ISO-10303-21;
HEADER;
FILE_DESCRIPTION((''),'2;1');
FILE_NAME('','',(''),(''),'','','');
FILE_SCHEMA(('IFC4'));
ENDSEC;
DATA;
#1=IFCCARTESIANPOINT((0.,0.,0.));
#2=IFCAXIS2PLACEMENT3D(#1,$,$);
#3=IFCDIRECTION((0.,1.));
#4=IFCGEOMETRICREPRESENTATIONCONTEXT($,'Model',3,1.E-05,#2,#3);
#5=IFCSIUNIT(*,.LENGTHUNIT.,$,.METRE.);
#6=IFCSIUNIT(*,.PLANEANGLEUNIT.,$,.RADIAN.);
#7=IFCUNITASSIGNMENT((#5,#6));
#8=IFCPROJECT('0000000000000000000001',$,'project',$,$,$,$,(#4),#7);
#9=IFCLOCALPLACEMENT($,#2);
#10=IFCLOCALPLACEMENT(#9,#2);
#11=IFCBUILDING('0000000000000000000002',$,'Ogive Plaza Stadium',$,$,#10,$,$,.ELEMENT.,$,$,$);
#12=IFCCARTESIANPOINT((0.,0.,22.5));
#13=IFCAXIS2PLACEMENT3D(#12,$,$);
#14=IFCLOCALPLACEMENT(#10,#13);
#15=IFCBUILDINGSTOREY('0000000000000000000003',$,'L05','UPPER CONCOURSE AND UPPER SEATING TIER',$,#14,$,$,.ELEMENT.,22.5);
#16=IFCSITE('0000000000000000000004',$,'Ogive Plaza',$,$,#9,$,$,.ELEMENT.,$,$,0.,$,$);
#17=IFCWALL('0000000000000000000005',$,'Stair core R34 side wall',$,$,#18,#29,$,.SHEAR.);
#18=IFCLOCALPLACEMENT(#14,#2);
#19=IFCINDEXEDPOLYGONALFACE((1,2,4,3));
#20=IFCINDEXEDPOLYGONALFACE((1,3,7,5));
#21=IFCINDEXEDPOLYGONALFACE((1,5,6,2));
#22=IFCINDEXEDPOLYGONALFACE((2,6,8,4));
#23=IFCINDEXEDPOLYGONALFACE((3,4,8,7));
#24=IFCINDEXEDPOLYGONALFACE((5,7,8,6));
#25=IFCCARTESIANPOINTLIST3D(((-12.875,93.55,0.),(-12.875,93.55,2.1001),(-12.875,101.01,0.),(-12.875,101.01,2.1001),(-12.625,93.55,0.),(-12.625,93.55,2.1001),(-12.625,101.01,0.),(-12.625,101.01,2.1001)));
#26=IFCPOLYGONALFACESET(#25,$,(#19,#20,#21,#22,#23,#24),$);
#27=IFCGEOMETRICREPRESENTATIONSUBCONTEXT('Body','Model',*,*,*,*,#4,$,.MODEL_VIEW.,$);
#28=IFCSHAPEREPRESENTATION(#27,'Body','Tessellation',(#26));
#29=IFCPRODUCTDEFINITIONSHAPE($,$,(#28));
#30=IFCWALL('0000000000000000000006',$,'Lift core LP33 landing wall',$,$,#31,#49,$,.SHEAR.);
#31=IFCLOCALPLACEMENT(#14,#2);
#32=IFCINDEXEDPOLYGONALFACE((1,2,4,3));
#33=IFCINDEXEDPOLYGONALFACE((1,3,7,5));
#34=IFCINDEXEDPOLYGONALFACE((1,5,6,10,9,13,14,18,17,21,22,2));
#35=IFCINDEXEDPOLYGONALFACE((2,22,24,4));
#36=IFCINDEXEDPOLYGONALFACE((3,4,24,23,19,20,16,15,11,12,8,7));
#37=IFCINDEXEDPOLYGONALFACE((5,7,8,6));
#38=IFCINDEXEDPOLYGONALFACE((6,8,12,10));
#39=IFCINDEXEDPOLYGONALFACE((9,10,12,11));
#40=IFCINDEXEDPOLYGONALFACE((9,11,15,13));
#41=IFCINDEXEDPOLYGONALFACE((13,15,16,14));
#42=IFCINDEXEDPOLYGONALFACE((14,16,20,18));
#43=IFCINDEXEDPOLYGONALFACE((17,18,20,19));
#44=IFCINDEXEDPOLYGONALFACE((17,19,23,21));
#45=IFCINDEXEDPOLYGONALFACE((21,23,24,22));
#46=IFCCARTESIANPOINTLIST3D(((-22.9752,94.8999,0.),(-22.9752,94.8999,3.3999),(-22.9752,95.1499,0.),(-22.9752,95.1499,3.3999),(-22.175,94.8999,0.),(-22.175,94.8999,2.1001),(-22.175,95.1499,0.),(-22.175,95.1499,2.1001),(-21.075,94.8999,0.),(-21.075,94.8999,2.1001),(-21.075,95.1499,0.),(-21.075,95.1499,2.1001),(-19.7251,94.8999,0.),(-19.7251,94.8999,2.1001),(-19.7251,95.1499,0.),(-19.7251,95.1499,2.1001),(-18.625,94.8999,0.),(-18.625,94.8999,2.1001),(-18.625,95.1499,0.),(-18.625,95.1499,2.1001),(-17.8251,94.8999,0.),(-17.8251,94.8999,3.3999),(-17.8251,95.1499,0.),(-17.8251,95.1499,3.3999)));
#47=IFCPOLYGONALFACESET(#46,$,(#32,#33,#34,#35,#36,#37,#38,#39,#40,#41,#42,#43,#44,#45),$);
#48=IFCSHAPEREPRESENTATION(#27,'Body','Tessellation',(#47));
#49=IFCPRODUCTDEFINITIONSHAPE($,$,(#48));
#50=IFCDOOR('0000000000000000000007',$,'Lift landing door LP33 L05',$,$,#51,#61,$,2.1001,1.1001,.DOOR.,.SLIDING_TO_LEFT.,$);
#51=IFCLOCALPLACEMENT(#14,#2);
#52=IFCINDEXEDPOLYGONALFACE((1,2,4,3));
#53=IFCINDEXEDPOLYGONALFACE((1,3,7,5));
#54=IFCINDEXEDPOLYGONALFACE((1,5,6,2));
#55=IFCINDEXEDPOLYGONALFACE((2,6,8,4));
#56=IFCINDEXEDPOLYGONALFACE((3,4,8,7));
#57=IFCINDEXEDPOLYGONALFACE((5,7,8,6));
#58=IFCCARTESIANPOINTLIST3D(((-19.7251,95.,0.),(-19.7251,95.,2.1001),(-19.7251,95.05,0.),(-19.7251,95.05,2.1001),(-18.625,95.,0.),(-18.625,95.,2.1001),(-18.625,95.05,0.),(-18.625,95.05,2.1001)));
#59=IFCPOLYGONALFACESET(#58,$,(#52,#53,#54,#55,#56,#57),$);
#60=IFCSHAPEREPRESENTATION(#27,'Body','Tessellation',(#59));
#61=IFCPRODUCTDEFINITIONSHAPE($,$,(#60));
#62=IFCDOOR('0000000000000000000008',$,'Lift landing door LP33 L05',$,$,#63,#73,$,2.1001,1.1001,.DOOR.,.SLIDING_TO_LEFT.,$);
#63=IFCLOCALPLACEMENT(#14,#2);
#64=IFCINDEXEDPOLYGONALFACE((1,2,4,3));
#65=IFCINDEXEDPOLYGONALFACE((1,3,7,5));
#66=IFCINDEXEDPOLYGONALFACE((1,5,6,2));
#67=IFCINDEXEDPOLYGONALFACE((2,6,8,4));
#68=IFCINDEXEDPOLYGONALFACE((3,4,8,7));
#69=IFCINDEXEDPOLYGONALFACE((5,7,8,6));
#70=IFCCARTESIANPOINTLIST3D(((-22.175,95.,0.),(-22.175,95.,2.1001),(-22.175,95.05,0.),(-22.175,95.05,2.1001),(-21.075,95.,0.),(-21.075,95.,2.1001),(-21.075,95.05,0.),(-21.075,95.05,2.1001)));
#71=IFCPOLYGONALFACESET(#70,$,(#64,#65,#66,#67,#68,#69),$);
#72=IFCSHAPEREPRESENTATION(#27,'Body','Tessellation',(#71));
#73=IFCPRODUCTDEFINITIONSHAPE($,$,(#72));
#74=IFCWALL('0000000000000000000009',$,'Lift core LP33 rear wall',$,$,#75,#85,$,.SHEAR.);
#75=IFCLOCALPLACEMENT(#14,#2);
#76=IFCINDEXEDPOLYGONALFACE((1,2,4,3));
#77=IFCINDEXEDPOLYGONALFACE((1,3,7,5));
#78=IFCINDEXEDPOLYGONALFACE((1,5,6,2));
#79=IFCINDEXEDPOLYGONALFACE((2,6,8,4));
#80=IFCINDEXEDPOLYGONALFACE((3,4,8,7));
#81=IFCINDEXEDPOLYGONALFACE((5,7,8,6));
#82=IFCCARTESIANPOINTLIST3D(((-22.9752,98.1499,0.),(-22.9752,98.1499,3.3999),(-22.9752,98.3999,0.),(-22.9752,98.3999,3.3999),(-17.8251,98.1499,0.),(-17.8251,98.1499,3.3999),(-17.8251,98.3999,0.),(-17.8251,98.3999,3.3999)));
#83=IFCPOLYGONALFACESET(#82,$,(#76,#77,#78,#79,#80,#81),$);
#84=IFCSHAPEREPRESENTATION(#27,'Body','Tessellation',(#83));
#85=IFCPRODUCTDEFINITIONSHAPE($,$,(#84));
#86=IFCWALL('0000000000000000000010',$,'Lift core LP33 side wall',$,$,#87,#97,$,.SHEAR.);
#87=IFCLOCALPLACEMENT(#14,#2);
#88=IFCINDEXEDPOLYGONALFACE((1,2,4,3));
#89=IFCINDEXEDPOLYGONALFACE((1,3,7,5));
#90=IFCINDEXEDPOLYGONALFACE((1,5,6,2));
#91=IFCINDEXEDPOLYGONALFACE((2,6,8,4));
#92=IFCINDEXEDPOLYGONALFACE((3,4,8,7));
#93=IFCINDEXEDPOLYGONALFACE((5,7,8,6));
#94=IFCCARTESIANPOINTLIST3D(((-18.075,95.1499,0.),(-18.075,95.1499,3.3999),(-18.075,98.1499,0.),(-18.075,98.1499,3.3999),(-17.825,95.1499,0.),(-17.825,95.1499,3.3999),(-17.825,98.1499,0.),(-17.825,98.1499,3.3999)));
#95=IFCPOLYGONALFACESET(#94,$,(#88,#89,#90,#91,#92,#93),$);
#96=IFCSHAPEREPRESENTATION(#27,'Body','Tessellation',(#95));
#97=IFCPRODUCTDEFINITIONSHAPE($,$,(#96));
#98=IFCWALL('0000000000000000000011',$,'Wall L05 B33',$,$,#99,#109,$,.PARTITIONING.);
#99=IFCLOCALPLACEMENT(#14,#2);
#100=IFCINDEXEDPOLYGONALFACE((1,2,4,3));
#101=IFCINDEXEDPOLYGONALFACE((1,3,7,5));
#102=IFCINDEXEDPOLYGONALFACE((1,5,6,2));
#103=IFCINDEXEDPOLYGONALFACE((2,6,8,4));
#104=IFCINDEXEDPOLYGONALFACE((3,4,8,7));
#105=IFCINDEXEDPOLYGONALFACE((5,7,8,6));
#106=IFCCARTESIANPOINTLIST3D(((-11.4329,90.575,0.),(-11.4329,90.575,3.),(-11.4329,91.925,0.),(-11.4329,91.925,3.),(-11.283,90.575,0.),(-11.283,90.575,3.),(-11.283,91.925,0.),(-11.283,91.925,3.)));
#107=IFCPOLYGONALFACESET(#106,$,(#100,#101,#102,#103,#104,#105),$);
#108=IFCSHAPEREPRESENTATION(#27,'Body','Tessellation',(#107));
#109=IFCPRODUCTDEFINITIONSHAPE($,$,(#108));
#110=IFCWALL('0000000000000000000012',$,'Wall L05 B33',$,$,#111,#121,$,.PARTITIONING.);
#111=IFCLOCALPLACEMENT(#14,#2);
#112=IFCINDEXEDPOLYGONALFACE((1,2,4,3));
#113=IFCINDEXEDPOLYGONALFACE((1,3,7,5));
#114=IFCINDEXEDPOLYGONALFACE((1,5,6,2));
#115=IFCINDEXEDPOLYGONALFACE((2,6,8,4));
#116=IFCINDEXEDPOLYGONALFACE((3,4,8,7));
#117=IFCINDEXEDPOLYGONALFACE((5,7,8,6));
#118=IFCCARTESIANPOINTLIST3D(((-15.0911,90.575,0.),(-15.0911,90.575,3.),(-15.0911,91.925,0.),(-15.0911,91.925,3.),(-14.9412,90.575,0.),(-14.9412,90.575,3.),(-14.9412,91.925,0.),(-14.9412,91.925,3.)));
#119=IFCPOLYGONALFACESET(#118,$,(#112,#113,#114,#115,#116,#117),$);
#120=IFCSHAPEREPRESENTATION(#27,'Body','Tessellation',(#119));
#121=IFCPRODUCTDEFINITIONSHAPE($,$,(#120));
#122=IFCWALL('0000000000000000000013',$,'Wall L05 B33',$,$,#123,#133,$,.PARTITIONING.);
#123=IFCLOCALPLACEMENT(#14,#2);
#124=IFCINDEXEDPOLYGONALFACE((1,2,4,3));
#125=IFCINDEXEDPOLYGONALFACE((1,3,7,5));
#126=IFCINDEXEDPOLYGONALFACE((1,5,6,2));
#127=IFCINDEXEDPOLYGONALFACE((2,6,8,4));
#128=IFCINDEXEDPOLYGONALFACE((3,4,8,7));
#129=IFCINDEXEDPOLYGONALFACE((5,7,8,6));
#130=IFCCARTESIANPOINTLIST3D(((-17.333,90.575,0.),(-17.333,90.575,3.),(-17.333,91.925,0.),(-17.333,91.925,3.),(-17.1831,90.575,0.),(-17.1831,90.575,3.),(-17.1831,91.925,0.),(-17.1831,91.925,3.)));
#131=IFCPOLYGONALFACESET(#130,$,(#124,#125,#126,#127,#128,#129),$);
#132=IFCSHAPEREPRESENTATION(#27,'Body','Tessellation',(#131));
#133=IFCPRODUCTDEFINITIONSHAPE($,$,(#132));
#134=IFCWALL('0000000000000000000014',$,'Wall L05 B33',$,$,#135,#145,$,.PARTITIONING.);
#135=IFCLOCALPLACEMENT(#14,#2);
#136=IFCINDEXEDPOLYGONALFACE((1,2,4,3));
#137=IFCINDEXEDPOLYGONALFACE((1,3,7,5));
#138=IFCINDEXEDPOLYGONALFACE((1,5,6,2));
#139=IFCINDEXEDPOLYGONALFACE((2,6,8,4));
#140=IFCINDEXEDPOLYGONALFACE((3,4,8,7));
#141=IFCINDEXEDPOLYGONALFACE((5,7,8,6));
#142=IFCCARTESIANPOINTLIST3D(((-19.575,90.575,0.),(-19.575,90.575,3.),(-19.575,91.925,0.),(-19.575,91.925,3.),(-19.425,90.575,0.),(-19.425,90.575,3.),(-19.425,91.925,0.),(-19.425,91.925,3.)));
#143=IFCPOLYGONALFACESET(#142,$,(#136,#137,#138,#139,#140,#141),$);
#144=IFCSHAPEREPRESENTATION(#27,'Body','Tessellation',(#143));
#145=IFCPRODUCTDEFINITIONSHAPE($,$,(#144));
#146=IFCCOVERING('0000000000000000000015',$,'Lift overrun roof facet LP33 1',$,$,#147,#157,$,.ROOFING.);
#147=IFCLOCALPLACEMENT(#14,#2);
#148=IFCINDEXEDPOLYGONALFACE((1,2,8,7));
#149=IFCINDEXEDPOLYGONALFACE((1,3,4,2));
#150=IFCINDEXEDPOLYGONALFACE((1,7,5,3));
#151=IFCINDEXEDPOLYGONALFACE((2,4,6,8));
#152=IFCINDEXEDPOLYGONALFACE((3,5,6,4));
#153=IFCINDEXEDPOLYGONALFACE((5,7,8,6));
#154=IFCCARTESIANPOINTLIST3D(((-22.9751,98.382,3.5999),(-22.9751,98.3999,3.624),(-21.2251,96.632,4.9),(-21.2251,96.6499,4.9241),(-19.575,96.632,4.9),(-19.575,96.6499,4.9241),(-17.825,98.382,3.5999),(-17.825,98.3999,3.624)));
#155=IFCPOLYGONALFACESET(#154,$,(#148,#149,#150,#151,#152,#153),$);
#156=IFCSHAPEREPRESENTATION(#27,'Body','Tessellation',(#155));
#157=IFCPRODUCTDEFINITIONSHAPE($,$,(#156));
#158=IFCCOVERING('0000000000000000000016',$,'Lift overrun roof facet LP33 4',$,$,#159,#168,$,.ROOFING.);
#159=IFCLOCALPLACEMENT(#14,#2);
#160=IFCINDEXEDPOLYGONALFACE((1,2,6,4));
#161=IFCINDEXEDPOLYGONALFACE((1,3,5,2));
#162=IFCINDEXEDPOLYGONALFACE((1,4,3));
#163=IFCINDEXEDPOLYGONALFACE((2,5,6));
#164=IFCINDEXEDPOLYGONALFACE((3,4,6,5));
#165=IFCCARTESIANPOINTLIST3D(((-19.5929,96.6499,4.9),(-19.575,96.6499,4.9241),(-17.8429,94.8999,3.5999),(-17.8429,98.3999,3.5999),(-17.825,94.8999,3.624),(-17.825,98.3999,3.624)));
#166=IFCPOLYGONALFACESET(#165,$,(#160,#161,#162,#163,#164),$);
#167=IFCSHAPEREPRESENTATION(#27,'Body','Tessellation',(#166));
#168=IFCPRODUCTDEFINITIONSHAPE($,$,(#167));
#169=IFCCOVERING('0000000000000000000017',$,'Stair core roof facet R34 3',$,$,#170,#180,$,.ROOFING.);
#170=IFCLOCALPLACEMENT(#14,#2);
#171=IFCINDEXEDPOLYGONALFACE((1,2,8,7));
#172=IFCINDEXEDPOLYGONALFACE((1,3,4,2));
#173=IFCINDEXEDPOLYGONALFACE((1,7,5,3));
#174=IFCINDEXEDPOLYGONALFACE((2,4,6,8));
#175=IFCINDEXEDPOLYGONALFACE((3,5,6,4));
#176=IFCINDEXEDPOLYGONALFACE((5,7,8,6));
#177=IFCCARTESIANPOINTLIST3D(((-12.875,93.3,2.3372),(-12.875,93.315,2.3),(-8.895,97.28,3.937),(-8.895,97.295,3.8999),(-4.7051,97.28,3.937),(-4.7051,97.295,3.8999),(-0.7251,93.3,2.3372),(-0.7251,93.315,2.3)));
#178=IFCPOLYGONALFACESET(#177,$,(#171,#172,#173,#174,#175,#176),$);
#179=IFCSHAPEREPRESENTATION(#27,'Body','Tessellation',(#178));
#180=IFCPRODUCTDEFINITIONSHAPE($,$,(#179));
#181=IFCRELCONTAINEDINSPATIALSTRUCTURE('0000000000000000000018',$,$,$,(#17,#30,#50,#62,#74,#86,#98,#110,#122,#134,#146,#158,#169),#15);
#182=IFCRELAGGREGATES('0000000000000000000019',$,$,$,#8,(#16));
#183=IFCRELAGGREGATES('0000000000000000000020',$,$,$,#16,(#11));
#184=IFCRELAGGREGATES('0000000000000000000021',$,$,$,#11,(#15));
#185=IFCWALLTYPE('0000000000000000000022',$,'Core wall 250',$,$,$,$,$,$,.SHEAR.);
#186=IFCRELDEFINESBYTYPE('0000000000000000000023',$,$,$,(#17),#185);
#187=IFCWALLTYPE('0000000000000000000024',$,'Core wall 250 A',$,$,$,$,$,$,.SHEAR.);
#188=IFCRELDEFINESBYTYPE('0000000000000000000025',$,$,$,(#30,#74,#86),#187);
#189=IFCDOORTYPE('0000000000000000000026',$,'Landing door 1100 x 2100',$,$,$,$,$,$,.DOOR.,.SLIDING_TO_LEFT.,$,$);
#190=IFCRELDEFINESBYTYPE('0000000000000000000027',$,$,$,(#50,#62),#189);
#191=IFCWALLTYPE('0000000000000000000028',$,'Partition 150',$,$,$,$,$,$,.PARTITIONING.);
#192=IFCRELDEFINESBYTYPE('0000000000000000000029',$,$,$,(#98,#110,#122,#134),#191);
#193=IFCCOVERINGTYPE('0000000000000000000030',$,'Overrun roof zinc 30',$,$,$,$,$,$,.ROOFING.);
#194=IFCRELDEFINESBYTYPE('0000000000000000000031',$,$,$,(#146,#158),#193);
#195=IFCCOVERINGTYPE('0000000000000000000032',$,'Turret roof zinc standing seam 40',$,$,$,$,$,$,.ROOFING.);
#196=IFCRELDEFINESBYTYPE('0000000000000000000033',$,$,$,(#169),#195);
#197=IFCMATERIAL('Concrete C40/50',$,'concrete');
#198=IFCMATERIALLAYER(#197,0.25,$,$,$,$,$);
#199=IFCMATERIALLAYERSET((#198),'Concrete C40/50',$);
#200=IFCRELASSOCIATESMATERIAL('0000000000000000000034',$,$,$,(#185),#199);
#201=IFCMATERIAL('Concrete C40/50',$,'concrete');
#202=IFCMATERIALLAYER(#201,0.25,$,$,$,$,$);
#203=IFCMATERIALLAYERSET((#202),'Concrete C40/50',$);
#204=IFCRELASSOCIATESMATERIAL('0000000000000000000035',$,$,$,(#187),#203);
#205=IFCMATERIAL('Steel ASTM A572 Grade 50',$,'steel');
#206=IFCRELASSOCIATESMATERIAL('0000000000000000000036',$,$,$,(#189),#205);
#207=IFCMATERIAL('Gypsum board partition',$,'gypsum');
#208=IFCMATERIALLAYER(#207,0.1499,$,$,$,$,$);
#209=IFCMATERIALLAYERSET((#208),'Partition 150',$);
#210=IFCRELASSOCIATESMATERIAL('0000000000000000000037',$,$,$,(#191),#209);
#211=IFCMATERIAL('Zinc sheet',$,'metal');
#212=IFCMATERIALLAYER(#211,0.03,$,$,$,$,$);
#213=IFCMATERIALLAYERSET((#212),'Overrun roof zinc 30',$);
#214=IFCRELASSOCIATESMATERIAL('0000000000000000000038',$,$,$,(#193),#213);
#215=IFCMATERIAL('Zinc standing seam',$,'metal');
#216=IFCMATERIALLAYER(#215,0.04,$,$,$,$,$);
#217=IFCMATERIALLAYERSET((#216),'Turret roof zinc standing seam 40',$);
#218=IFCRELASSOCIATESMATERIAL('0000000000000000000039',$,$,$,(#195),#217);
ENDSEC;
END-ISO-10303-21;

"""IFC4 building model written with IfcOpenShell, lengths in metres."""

from ifc_helpers import new_model, si_unit, direction, frame, frame_2d, origin, place, context, subcontext, project, spatial, polyline, rectangle, outline, extrude, material, layer, layer_set, type_object, element, fill, save


model = new_model("IFC4")

# Units and contexts
model_context = context("Model", 3, precision=1e-05, world=origin(), true_north=direction((0.0, 1.0)))
body_context = subcontext(model_context, "Body", "Model", "MODEL_VIEW")
ifc_project = project(units=[si_unit("LENGTHUNIT", "METRE"), si_unit("PLANEANGLEUNIT", "RADIAN")], contexts=[model_context])

# Site, building, storey
site_placement = place(None, origin())
site = spatial("IfcSite", under=ifc_project, at=site_placement, Name="Ogive Plaza", CompositionType="ELEMENT", RefElevation=0.0)
building_placement = place(site_placement, origin())
building = spatial("IfcBuilding", under=site, at=building_placement, Name="Ogive Plaza Stadium", CompositionType="ELEMENT")
storey_placement = place(building_placement, frame((0.0, 0.0, 22.5)))
storey = spatial("IfcBuildingStorey", under=building, at=storey_placement, Name="L05", Description="UPPER CONCOURSE AND UPPER SEATING TIER", CompositionType="ELEMENT", Elevation=22.5)

# Wall
ifc_material_1 = material(Name="Concrete C40/50", Category="concrete")
ifc_layer_1 = layer(ifc_material_1, 0.25)
ifc_layer_set_1 = layer_set([ifc_layer_1], Name="Concrete C40/50")
wall_type_1 = type_object("IfcWallType", Name="Core wall 250", PredefinedType="SHEAR", material=ifc_layer_set_1)
wall_1_placement = place(storey_placement, frame((-12.75, 93.55, 0.0), z_axis=(0.0, 0.0, 1.0), x_axis=(0.0, 1.0, 0.0)))
element("IfcWall", 1, at=wall_1_placement, inside=storey, type_object=wall_type_1, Name="Stair core R34 side wall", PredefinedType="SHEAR", context=body_context, shape_type="SweptSolid", body=[
    extrude(rectangle(XDim=7.46, YDim=0.25, at=frame_2d((3.73, 0.0))), origin(), (0.0, 0.0, 1.0), 2.1001),
])

# Wall, openings, doors
ifc_material_2 = material(Name="Concrete C40/50", Category="concrete")
ifc_layer_2 = layer(ifc_material_2, 0.25)
ifc_layer_set_2 = layer_set([ifc_layer_2], Name="Concrete C40/50")
wall_type_2 = type_object("IfcWallType", Name="Core wall 250 A", PredefinedType="SHEAR", material=ifc_layer_set_2)
wall_2_placement = place(storey_placement, frame((-17.825, 95.0249, 0.0), z_axis=(0.0, 0.0, 1.0), x_axis=(-1.0, 0.0, 0.0)))
wall_2 = element("IfcWall", 2, at=wall_2_placement, inside=storey, type_object=wall_type_2, Name="Lift core LP33 landing wall", PredefinedType="SHEAR", context=body_context, shape_type="SweptSolid", body=[
    extrude(rectangle(XDim=5.1501, YDim=0.25, at=frame_2d((2.5752, 0.0))), origin(), (0.0, 0.0, 1.0), 3.3999),
])
opening_1_placement = place(wall_2_placement, frame((0.8, 0.0, 0.0)))
opening_1 = element("IfcOpeningElement", 3, at=opening_1_placement, cuts=wall_2, PredefinedType="OPENING", context=body_context, shape_type="SweptSolid", body=[
    extrude(rectangle(XDim=1.1001, YDim=2.1001, at=frame_2d((0.55, 1.05))), frame((0.0, 0.125, 0.0), z_axis=(0.0, -1.0, 0.0), x_axis=(1.0, 0.0, 0.0)), (0.0, 0.0, 1.0), 0.25),
])
opening_2_placement = place(wall_2_placement, frame((3.25, 0.0, 0.0)))
opening_2 = element("IfcOpeningElement", 4, at=opening_2_placement, cuts=wall_2, PredefinedType="OPENING", context=body_context, shape_type="SweptSolid", body=[
    extrude(rectangle(XDim=1.1001, YDim=2.1001, at=frame_2d((0.55, 1.05))), frame((0.0, 0.125, 0.0), z_axis=(0.0, -1.0, 0.0), x_axis=(1.0, 0.0, 0.0)), (0.0, 0.0, 1.0), 0.25),
])
ifc_material_3 = material(Name="Steel ASTM A572 Grade 50", Category="steel")
door_type = type_object("IfcDoorType", Name="Landing door 1100 x 2100", OperationType="SLIDING_TO_LEFT", PredefinedType="DOOR", material=ifc_material_3)
door_1_placement = place(opening_1_placement, origin())
door_1 = element("IfcDoor", 5, at=door_1_placement, inside=storey, type_object=door_type, Name="Lift landing door LP33 L05", OperationType="SLIDING_TO_LEFT", OverallHeight=2.1001, OverallWidth=1.1001, PredefinedType="DOOR", context=body_context, shape_type="SweptSolid", body=[
    extrude(rectangle(XDim=1.1001, YDim=2.1001, at=frame_2d((0.55, 1.05))), frame((0.0, 0.0249, 0.0), z_axis=(0.0, -1.0, 0.0), x_axis=(1.0, 0.0, 0.0)), (0.0, 0.0, 1.0), 0.05),
])
fill(opening_1, door_1)
door_2_placement = place(opening_2_placement, origin())
door_2 = element("IfcDoor", 6, at=door_2_placement, inside=storey, type_object=door_type, Name="Lift landing door LP33 L05", OperationType="SLIDING_TO_LEFT", OverallHeight=2.1001, OverallWidth=1.1001, PredefinedType="DOOR", context=body_context, shape_type="SweptSolid", body=[
    extrude(rectangle(XDim=1.1001, YDim=2.1001, at=frame_2d((0.55, 1.05))), frame((0.0, 0.0249, 0.0), z_axis=(0.0, -1.0, 0.0), x_axis=(1.0, 0.0, 0.0)), (0.0, 0.0, 1.0), 0.05),
])
fill(opening_2, door_2)

# Walls
wall_3_placement = place(storey_placement, frame((-17.825, 98.2749, 0.0), z_axis=(0.0, 0.0, 1.0), x_axis=(-1.0, 0.0, 0.0)))
element("IfcWall", 7, at=wall_3_placement, inside=storey, type_object=wall_type_2, Name="Lift core LP33 rear wall", PredefinedType="SHEAR", context=body_context, shape_type="SweptSolid", body=[
    extrude(rectangle(XDim=5.1501, YDim=0.25, at=frame_2d((2.5752, 0.0))), origin(), (0.0, 0.0, 1.0), 3.3999),
])
wall_4_placement = place(storey_placement, frame((-17.95, 95.1499, 0.0), z_axis=(0.0, 0.0, 1.0), x_axis=(0.0, 1.0, 0.0)))
element("IfcWall", 8, at=wall_4_placement, inside=storey, type_object=wall_type_2, Name="Lift core LP33 side wall", PredefinedType="SHEAR", context=body_context, shape_type="SweptSolid", body=[
    extrude(rectangle(XDim=3.0, YDim=0.25, at=frame_2d((1.5, 0.0))), origin(), (0.0, 0.0, 1.0), 3.3999),
])
ifc_material_4 = material(Name="Gypsum board partition", Category="gypsum")
ifc_layer_3 = layer(ifc_material_4, 0.1499)
ifc_layer_set_3 = layer_set([ifc_layer_3], Name="Partition 150")
wall_type_3 = type_object("IfcWallType", Name="Partition 150", PredefinedType="PARTITIONING", material=ifc_layer_set_3)
for number, where, z_axis, x_axis, name in (
    (9, (-11.3579, 90.575, 0.0), (0.0, 0.0, 1.0), (0.0, 1.0, 0.0), "Wall L05 B33"),
    (10, (-15.0161, 90.575, 0.0), (0.0, 0.0, 1.0), (0.0, 1.0, 0.0), "Wall L05 B33"),
    (11, (-17.2581, 90.575, 0.0), (0.0, 0.0, 1.0), (0.0, 1.0, 0.0), "Wall L05 B33"),
    (12, (-19.5, 90.575, 0.0), (0.0, 0.0, 1.0), (0.0, 1.0, 0.0), "Wall L05 B33"),
):
    element("IfcWall", number, at=place(storey_placement, frame(where, z_axis=z_axis, x_axis=x_axis)), inside=storey, type_object=wall_type_3, Name=name, PredefinedType="PARTITIONING", context=body_context, shape_type="SweptSolid", body=[
        extrude(rectangle(XDim=1.3501, YDim=0.1499, at=frame_2d((0.675, 0.0))), origin(), (0.0, 0.0, 1.0), 3.0),
    ])

# Coverings
ifc_material_5 = material(Name="Zinc sheet", Category="metal")
ifc_layer_4 = layer(ifc_material_5, 0.03)
ifc_layer_set_4 = layer_set([ifc_layer_4], Name="Overrun roof zinc 30")
covering_type_1 = type_object("IfcCoveringType", Name="Overrun roof zinc 30", PredefinedType="ROOFING", material=ifc_layer_set_4)
covering_1_placement = place(storey_placement, frame((-17.825, 98.3999, 3.624), z_axis=(0.0, 0.596338, 0.802733), x_axis=(-1.0, 0.0, 0.0)))
element("IfcCovering", 13, at=covering_1_placement, inside=storey, type_object=covering_type_1, Name="Lift overrun roof facet LP33 1", PredefinedType="ROOFING", context=body_context, shape_type="SweptSolid", body=[
    extrude(outline(polyline([(0.0, 0.0), (5.1501, 0.0), (3.4001, 2.1801), (1.75, 2.1801), (0.0, 0.0)])), origin(), (0.0, 0.0, -1.0), 0.03),
])
covering_2_placement = place(storey_placement, frame((-17.825, 94.8999, 3.624), z_axis=(0.596338, 0.0, 0.802733), x_axis=(0.0, 1.0, 0.0)))
element("IfcCovering", 14, at=covering_2_placement, inside=storey, type_object=covering_type_1, Name="Lift overrun roof facet LP33 4", PredefinedType="ROOFING", context=body_context, shape_type="SweptSolid", body=[
    extrude(outline(polyline([(0.0, 0.0), (3.5, 0.0), (1.75, 2.1801), (0.0, 0.0)])), origin(), (0.0, 0.0, -1.0), 0.03),
])
ifc_material_6 = material(Name="Zinc standing seam", Category="metal")
ifc_layer_5 = layer(ifc_material_6, 0.04)
ifc_layer_set_5 = layer_set([ifc_layer_5], Name="Turret roof zinc standing seam 40")
covering_type_2 = type_object("IfcCoveringType", Name="Turret roof zinc standing seam 40", PredefinedType="ROOFING", material=ifc_layer_set_5)
covering_3_placement = place(storey_placement, frame((-12.875, 93.3, 2.3372), z_axis=(0.0, -0.37297, 0.927843), x_axis=(1.0, 0.0, 0.0)))
element("IfcCovering", 15, at=covering_3_placement, inside=storey, type_object=covering_type_2, Name="Stair core roof facet R34 3", PredefinedType="ROOFING", context=body_context, shape_type="SweptSolid", body=[
    extrude(outline(polyline([(0.0, 0.0), (12.1499, 0.0), (8.1699, 4.2895), (3.98, 4.2895), (0.0, 0.0)])), origin(), (0.0, 0.0, -1.0), 0.04),
])

save(model, "model.ifc")
